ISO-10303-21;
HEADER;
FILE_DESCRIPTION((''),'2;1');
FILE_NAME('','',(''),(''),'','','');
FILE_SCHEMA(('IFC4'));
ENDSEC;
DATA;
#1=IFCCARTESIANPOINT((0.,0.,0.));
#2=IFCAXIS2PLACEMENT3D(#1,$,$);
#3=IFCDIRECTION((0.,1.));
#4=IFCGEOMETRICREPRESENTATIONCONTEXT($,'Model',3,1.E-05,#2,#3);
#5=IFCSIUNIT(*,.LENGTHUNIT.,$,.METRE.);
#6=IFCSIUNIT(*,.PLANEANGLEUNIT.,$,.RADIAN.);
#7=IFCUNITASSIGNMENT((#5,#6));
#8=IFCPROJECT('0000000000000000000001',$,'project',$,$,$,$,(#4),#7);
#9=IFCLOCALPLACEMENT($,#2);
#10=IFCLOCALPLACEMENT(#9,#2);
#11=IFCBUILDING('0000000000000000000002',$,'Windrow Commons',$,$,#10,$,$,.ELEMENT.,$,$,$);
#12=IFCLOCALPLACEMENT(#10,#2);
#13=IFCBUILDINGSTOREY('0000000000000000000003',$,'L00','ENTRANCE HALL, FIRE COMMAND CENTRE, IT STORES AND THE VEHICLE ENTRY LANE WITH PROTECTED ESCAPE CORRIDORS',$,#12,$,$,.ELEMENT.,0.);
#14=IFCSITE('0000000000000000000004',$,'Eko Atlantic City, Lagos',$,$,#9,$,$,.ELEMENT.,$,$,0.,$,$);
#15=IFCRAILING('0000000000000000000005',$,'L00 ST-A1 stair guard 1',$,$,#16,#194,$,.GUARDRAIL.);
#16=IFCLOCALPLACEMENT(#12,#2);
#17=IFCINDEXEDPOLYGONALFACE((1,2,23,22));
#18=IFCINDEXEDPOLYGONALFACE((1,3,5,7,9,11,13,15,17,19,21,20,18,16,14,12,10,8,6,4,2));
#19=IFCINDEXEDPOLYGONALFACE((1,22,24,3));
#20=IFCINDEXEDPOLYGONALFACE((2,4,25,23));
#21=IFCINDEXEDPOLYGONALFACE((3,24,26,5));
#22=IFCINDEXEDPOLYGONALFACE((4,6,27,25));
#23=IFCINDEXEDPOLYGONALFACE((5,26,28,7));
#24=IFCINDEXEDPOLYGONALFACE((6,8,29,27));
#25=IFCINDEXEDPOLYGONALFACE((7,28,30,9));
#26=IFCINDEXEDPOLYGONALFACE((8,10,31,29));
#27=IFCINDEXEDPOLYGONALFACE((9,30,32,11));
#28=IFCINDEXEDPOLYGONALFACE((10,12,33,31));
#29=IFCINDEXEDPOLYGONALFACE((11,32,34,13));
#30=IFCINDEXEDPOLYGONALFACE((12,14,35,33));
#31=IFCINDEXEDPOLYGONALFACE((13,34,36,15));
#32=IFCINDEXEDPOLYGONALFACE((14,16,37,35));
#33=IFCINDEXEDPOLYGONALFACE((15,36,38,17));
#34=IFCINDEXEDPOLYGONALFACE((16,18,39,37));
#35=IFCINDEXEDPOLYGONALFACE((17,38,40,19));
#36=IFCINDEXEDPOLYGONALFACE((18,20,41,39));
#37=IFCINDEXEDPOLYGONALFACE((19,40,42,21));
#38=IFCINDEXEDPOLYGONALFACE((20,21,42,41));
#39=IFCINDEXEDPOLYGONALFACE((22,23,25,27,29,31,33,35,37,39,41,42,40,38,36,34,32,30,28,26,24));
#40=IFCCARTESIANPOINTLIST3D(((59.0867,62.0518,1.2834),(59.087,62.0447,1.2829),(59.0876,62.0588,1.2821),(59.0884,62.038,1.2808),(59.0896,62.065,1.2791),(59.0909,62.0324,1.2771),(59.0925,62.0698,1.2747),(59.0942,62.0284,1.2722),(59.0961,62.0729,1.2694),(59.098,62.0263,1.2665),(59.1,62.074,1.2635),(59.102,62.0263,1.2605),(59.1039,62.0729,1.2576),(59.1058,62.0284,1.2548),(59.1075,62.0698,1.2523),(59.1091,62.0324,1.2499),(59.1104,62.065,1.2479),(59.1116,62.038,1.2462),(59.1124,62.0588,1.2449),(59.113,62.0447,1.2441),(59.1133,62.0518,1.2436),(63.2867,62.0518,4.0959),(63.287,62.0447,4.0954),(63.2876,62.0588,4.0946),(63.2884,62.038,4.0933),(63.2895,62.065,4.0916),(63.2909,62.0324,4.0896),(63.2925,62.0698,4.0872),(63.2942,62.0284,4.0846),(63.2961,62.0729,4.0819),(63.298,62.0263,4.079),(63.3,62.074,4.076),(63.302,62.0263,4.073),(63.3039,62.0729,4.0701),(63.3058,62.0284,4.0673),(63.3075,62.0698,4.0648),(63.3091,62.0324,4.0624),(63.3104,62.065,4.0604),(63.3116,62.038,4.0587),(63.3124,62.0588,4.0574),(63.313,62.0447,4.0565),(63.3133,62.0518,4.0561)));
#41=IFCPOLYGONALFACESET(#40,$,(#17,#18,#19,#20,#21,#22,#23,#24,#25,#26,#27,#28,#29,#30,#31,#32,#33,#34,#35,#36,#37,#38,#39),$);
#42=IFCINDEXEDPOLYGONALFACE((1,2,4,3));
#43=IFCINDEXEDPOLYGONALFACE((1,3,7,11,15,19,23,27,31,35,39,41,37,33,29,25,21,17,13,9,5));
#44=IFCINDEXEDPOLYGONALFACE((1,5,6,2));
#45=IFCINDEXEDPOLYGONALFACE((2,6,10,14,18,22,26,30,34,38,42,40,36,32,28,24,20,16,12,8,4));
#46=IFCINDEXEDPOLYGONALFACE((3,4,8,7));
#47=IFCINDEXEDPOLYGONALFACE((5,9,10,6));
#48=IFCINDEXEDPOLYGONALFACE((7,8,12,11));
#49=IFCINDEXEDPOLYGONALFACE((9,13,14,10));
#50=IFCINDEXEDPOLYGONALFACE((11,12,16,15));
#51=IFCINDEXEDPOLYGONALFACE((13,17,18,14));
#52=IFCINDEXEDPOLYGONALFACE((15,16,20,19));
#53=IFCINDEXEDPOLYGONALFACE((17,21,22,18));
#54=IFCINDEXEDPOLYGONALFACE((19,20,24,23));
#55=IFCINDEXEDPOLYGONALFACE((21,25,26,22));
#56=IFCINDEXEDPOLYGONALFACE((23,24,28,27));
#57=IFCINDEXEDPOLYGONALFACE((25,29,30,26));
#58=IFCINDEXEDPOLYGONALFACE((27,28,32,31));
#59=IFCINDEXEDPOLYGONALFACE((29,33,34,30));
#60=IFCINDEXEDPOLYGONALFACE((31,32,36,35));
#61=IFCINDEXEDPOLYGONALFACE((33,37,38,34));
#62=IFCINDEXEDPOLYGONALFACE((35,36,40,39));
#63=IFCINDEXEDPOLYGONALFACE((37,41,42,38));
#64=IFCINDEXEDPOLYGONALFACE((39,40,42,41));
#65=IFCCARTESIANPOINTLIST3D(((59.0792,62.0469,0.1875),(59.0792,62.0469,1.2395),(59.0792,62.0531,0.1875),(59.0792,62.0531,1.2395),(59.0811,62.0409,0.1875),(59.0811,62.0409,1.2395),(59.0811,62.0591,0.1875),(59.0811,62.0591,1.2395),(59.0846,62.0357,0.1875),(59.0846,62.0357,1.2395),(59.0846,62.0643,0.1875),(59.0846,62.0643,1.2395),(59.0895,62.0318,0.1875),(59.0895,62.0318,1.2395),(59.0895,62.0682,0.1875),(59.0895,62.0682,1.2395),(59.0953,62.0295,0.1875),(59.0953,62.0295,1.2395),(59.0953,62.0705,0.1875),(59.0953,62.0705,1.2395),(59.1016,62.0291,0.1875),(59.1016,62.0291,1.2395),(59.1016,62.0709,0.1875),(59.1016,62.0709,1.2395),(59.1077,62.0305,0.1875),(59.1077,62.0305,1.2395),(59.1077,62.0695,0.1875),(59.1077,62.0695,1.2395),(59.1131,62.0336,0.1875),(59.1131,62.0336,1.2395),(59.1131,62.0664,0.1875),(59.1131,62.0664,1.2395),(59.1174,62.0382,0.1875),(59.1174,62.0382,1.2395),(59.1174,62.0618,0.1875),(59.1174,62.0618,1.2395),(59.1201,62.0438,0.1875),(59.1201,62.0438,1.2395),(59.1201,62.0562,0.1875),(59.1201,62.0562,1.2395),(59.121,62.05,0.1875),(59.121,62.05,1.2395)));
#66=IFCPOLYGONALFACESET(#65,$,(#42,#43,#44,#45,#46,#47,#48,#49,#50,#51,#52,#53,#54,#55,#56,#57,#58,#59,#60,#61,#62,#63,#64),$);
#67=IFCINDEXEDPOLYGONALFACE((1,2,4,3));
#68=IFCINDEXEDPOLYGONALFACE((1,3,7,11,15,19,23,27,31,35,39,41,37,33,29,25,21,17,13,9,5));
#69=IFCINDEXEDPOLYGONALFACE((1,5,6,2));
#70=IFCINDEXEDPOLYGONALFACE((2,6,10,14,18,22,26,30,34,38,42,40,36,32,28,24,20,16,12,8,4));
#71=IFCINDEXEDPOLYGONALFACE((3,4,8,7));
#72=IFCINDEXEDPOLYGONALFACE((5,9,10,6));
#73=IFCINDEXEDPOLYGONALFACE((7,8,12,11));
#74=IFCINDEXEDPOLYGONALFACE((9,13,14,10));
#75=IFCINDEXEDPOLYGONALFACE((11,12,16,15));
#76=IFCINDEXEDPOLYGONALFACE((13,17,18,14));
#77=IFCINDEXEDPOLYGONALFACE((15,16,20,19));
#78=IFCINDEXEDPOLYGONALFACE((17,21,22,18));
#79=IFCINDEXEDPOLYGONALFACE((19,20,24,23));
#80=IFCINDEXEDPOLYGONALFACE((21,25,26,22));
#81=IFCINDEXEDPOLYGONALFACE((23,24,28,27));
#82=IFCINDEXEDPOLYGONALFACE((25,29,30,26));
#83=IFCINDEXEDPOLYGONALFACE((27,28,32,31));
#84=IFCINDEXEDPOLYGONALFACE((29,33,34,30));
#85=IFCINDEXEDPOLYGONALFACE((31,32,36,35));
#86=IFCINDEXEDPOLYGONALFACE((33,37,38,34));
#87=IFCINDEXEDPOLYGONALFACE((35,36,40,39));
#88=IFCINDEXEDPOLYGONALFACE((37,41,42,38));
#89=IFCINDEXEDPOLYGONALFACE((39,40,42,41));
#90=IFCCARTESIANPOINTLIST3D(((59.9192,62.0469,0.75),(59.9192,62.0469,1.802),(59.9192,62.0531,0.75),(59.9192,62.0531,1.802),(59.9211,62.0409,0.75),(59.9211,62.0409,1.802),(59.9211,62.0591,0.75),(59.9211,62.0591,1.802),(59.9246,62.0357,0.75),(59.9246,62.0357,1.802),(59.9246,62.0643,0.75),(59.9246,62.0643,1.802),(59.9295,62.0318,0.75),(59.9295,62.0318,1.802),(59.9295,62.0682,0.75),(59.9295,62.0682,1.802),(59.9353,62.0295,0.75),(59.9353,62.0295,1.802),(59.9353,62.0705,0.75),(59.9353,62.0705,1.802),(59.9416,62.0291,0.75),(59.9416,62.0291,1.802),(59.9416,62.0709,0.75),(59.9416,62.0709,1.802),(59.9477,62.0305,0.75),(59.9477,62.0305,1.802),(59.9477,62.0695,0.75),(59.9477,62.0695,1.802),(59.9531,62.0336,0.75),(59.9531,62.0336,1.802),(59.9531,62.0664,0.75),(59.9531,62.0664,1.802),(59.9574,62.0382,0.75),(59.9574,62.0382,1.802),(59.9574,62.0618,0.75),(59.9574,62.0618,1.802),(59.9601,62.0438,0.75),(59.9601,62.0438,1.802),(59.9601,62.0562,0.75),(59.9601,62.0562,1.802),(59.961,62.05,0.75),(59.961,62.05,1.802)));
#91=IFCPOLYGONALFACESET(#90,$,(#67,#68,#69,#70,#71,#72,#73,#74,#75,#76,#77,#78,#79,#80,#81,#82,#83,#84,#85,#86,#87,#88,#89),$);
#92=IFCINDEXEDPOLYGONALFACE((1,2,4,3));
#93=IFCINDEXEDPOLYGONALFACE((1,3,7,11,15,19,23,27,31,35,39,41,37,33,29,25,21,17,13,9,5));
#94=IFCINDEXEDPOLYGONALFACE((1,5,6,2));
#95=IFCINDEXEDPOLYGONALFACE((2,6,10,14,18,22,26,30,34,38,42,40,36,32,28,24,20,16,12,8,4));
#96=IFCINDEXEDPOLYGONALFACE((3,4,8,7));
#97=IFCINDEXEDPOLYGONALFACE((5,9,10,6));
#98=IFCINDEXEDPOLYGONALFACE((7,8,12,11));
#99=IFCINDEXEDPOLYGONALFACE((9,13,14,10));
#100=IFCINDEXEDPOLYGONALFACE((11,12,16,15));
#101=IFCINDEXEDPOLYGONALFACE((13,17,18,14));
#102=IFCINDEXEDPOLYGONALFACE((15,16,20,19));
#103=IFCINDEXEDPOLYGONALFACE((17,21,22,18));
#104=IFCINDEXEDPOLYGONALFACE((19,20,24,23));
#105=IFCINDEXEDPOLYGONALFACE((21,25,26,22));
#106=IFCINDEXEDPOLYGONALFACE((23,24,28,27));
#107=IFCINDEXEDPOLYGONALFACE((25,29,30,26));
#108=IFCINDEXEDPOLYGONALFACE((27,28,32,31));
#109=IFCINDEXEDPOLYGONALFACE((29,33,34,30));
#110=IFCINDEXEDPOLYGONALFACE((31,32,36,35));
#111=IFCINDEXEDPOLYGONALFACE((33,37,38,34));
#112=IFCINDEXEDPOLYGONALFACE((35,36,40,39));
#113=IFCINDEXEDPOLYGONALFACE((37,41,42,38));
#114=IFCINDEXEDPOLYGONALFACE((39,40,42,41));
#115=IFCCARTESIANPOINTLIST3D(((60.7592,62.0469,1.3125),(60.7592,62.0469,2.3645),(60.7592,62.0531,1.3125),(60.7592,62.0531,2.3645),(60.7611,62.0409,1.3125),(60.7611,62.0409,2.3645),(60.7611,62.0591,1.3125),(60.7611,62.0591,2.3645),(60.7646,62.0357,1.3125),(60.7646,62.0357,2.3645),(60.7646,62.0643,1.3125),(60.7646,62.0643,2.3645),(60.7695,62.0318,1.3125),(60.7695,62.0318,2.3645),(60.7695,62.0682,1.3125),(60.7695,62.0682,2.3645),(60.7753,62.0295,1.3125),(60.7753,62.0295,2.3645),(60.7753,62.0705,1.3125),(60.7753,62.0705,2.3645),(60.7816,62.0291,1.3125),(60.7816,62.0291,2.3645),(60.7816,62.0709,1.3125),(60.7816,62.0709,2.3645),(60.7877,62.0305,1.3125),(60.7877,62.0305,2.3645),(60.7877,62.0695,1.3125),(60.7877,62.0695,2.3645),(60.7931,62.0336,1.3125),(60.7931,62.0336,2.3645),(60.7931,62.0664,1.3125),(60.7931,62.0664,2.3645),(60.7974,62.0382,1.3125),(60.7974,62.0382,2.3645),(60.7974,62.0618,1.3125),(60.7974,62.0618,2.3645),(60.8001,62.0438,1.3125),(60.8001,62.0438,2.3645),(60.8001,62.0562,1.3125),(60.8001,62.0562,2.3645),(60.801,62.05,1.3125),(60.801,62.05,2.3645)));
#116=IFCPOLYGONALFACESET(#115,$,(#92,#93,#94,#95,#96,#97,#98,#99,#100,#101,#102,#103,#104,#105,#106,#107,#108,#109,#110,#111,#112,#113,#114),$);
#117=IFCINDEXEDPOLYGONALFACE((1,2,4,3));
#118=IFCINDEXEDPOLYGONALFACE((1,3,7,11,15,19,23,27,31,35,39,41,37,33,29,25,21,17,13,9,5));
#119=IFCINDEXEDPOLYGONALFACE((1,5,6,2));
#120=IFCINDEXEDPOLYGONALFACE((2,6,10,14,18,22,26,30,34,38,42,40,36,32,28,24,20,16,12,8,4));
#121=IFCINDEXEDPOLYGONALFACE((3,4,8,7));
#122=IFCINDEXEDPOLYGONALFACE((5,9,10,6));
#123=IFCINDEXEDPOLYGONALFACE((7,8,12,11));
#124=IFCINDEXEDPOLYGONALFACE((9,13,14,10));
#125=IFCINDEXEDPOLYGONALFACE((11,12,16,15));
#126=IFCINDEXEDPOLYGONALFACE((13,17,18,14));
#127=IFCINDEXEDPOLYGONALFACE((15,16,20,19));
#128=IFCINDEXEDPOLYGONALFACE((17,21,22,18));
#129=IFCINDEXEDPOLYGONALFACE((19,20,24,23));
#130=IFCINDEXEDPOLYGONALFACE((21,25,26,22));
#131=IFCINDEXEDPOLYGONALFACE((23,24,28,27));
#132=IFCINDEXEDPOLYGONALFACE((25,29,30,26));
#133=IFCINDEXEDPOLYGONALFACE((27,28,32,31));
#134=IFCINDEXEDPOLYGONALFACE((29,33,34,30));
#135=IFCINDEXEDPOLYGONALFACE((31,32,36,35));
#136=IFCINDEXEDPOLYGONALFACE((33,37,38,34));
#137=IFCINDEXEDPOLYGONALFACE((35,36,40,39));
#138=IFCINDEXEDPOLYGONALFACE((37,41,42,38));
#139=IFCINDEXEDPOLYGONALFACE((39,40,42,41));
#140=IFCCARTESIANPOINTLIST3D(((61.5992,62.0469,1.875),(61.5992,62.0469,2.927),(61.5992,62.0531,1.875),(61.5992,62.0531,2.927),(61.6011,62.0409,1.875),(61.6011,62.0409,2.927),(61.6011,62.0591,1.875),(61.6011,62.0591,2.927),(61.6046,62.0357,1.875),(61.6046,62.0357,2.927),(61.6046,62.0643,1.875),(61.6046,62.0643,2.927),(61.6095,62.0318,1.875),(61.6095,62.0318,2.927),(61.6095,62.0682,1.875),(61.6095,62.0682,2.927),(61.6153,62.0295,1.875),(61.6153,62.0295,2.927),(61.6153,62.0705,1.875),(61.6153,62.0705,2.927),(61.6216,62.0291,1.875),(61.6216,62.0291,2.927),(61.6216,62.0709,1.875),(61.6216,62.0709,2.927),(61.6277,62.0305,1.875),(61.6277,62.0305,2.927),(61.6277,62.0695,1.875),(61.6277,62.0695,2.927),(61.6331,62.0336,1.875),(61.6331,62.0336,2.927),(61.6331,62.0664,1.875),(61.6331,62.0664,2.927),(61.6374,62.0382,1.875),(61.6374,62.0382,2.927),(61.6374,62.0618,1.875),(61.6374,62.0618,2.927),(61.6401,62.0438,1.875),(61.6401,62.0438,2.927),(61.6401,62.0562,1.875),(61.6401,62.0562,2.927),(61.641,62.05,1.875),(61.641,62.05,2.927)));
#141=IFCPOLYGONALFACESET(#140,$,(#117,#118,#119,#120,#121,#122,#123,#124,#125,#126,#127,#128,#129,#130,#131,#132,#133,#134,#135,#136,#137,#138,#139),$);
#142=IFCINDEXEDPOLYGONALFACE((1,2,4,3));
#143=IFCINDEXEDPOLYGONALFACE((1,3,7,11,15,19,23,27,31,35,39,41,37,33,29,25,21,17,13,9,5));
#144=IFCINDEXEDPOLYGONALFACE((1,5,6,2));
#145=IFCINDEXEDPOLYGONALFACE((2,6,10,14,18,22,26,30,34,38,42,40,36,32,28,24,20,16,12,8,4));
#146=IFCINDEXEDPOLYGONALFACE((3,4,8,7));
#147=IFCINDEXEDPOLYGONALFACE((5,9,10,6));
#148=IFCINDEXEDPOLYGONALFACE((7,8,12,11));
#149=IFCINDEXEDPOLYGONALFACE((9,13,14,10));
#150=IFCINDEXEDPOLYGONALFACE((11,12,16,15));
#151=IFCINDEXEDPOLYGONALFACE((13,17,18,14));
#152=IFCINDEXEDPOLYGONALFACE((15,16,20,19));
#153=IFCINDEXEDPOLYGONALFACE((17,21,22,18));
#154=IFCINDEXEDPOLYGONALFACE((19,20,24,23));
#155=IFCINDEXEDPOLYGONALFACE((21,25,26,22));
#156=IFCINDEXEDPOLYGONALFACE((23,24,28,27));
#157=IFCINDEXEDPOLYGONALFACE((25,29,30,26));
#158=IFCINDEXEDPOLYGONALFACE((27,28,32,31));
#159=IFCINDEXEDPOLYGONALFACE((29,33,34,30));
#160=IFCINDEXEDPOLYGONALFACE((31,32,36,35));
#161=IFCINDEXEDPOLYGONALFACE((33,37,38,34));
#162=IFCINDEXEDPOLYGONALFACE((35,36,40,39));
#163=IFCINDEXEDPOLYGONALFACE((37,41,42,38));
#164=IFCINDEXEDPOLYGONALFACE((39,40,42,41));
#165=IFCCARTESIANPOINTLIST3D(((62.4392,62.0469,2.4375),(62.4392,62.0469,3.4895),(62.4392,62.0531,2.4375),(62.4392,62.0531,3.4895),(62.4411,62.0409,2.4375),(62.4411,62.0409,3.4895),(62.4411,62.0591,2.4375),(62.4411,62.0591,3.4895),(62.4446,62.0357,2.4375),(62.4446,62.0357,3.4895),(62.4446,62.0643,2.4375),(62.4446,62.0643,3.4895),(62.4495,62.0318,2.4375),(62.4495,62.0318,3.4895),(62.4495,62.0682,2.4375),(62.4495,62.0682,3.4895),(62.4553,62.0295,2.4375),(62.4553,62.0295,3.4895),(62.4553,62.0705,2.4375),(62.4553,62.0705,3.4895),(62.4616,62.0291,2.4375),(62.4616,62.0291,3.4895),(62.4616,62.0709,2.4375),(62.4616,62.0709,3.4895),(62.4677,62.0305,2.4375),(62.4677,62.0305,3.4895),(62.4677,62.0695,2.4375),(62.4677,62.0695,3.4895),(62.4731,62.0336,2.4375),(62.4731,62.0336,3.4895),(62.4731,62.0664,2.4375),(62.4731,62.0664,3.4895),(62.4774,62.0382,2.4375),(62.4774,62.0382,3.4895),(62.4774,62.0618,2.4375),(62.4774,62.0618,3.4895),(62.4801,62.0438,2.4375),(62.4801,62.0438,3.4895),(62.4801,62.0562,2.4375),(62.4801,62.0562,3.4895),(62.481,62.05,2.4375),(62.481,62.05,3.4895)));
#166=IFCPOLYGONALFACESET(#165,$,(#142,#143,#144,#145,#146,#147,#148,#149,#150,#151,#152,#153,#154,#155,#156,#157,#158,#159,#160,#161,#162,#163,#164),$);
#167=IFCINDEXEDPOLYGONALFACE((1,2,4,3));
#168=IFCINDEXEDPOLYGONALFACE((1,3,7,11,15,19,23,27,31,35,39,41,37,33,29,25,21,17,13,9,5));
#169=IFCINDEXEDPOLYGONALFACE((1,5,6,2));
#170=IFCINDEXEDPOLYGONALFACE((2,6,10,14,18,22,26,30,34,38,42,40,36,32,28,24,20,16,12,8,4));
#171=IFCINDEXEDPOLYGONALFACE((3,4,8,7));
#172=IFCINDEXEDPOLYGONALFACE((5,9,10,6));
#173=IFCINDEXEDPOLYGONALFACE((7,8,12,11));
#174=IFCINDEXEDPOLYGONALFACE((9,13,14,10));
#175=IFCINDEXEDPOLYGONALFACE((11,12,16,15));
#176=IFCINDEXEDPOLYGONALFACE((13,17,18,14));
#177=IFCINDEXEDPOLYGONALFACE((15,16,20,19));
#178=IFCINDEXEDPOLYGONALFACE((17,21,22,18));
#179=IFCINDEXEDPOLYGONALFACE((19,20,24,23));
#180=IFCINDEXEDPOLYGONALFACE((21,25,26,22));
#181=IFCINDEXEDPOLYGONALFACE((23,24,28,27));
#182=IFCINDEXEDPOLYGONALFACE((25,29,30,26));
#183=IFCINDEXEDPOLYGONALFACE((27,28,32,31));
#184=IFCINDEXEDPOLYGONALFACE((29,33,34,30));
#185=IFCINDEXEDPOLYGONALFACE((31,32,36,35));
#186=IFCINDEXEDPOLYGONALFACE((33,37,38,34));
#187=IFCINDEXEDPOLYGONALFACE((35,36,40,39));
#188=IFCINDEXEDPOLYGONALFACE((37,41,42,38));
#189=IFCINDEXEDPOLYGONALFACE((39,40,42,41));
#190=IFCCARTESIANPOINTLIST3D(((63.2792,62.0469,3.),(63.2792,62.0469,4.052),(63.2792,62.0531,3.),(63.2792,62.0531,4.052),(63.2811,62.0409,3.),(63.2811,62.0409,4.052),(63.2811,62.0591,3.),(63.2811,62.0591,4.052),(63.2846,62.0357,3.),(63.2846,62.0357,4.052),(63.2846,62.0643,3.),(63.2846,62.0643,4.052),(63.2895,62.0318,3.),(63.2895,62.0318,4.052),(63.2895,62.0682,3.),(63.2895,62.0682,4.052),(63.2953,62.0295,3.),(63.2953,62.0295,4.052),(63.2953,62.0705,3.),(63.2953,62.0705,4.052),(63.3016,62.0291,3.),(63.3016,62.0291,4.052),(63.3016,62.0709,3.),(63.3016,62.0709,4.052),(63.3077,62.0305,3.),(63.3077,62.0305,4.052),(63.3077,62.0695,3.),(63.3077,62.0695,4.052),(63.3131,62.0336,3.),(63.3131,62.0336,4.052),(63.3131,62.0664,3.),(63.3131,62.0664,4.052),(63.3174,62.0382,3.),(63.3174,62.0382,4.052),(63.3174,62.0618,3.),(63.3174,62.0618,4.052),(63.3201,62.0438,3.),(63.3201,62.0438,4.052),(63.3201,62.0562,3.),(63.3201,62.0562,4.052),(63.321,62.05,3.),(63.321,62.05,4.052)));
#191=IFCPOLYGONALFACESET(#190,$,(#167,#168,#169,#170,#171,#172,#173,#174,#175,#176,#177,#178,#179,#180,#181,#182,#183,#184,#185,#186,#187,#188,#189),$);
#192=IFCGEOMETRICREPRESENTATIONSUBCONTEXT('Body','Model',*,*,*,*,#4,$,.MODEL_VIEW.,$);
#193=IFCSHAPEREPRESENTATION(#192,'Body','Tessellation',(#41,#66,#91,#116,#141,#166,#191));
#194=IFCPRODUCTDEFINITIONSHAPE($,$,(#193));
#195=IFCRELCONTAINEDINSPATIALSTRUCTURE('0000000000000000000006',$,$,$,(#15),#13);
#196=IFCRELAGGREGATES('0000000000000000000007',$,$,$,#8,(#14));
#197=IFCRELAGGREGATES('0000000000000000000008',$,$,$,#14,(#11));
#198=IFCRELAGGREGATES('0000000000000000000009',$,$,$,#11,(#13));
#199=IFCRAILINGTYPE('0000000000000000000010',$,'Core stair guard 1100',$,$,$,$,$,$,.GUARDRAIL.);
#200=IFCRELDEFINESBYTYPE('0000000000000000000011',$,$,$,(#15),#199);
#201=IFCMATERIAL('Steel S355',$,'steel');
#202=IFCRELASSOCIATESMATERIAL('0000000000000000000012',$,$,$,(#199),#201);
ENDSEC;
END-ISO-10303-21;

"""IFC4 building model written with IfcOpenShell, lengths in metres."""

from ifc_helpers import new_model, si_unit, direction, frame, origin, origin_2d, place, context, subcontext, project, spatial, circle, extrude, material, type_object, element, save


model = new_model("IFC4")

# Units and contexts
model_context = context("Model", 3, precision=1e-05, world=origin(), true_north=direction((0.0, 1.0)))
body_context = subcontext(model_context, "Body", "Model", "MODEL_VIEW")
ifc_project = project(units=[si_unit("LENGTHUNIT", "METRE"), si_unit("PLANEANGLEUNIT", "RADIAN")], contexts=[model_context])

# Site, building, storey
site_placement = place(None, origin())
site = spatial("IfcSite", under=ifc_project, at=site_placement, Name="Eko Atlantic City, Lagos", CompositionType="ELEMENT", RefElevation=0.0)
building_placement = place(site_placement, origin())
building = spatial("IfcBuilding", under=site, at=building_placement, Name="Windrow Commons", CompositionType="ELEMENT")
storey_placement = place(building_placement, origin())
storey = spatial("IfcBuildingStorey", under=building, at=storey_placement, Name="L00", Description="ENTRANCE HALL, FIRE COMMAND CENTRE, IT STORES AND THE VEHICLE ENTRY LANE WITH PROTECTED ESCAPE CORRIDORS", CompositionType="ELEMENT", Elevation=0.0)

# Railing
ifc_material_1 = material(Name="Steel S355", Category="steel")
railing_type_1 = type_object("IfcRailingType", Name="Core stair guard 1100", PredefinedType="GUARDRAIL", material=ifc_material_1)
railing_1_placement = place(storey_placement, frame((59.1, 62.05, 0.1875)))
element("IfcRailing", 1, at=railing_1_placement, inside=storey, type_object=railing_type_1, Name="L00 ST-A1 stair guard 1", PredefinedType="GUARDRAIL", context=body_context, shape_type="SweptSolid", body=[
    extrude(circle(Radius=0.024, at=origin_2d()), frame((0.0, 0.0, 1.076), z_axis=(0.830907, 0.0, 0.556411), x_axis=(0.0, 1.0, 0.0)), (0.0, 0.0, 1.0), 5.0547),
    extrude(circle(Radius=0.021, at=origin_2d()), origin(), (0.0, 0.0, 1.0), 1.052),
    extrude(circle(Radius=0.021, at=origin_2d()), frame((0.84, 0.0, 0.5625)), (0.0, 0.0, 1.0), 1.052),
    extrude(circle(Radius=0.021, at=origin_2d()), frame((1.68, 0.0, 1.125)), (0.0, 0.0, 1.0), 1.052),
    extrude(circle(Radius=0.021, at=origin_2d()), frame((2.52, 0.0, 1.6875)), (0.0, 0.0, 1.0), 1.052),
    extrude(circle(Radius=0.021, at=origin_2d()), frame((3.36, 0.0, 2.25)), (0.0, 0.0, 1.0), 1.052),
    extrude(circle(Radius=0.021, at=origin_2d()), frame((4.2, 0.0, 2.8125)), (0.0, 0.0, 1.0), 1.052),
])

save(model, "model.ifc")
